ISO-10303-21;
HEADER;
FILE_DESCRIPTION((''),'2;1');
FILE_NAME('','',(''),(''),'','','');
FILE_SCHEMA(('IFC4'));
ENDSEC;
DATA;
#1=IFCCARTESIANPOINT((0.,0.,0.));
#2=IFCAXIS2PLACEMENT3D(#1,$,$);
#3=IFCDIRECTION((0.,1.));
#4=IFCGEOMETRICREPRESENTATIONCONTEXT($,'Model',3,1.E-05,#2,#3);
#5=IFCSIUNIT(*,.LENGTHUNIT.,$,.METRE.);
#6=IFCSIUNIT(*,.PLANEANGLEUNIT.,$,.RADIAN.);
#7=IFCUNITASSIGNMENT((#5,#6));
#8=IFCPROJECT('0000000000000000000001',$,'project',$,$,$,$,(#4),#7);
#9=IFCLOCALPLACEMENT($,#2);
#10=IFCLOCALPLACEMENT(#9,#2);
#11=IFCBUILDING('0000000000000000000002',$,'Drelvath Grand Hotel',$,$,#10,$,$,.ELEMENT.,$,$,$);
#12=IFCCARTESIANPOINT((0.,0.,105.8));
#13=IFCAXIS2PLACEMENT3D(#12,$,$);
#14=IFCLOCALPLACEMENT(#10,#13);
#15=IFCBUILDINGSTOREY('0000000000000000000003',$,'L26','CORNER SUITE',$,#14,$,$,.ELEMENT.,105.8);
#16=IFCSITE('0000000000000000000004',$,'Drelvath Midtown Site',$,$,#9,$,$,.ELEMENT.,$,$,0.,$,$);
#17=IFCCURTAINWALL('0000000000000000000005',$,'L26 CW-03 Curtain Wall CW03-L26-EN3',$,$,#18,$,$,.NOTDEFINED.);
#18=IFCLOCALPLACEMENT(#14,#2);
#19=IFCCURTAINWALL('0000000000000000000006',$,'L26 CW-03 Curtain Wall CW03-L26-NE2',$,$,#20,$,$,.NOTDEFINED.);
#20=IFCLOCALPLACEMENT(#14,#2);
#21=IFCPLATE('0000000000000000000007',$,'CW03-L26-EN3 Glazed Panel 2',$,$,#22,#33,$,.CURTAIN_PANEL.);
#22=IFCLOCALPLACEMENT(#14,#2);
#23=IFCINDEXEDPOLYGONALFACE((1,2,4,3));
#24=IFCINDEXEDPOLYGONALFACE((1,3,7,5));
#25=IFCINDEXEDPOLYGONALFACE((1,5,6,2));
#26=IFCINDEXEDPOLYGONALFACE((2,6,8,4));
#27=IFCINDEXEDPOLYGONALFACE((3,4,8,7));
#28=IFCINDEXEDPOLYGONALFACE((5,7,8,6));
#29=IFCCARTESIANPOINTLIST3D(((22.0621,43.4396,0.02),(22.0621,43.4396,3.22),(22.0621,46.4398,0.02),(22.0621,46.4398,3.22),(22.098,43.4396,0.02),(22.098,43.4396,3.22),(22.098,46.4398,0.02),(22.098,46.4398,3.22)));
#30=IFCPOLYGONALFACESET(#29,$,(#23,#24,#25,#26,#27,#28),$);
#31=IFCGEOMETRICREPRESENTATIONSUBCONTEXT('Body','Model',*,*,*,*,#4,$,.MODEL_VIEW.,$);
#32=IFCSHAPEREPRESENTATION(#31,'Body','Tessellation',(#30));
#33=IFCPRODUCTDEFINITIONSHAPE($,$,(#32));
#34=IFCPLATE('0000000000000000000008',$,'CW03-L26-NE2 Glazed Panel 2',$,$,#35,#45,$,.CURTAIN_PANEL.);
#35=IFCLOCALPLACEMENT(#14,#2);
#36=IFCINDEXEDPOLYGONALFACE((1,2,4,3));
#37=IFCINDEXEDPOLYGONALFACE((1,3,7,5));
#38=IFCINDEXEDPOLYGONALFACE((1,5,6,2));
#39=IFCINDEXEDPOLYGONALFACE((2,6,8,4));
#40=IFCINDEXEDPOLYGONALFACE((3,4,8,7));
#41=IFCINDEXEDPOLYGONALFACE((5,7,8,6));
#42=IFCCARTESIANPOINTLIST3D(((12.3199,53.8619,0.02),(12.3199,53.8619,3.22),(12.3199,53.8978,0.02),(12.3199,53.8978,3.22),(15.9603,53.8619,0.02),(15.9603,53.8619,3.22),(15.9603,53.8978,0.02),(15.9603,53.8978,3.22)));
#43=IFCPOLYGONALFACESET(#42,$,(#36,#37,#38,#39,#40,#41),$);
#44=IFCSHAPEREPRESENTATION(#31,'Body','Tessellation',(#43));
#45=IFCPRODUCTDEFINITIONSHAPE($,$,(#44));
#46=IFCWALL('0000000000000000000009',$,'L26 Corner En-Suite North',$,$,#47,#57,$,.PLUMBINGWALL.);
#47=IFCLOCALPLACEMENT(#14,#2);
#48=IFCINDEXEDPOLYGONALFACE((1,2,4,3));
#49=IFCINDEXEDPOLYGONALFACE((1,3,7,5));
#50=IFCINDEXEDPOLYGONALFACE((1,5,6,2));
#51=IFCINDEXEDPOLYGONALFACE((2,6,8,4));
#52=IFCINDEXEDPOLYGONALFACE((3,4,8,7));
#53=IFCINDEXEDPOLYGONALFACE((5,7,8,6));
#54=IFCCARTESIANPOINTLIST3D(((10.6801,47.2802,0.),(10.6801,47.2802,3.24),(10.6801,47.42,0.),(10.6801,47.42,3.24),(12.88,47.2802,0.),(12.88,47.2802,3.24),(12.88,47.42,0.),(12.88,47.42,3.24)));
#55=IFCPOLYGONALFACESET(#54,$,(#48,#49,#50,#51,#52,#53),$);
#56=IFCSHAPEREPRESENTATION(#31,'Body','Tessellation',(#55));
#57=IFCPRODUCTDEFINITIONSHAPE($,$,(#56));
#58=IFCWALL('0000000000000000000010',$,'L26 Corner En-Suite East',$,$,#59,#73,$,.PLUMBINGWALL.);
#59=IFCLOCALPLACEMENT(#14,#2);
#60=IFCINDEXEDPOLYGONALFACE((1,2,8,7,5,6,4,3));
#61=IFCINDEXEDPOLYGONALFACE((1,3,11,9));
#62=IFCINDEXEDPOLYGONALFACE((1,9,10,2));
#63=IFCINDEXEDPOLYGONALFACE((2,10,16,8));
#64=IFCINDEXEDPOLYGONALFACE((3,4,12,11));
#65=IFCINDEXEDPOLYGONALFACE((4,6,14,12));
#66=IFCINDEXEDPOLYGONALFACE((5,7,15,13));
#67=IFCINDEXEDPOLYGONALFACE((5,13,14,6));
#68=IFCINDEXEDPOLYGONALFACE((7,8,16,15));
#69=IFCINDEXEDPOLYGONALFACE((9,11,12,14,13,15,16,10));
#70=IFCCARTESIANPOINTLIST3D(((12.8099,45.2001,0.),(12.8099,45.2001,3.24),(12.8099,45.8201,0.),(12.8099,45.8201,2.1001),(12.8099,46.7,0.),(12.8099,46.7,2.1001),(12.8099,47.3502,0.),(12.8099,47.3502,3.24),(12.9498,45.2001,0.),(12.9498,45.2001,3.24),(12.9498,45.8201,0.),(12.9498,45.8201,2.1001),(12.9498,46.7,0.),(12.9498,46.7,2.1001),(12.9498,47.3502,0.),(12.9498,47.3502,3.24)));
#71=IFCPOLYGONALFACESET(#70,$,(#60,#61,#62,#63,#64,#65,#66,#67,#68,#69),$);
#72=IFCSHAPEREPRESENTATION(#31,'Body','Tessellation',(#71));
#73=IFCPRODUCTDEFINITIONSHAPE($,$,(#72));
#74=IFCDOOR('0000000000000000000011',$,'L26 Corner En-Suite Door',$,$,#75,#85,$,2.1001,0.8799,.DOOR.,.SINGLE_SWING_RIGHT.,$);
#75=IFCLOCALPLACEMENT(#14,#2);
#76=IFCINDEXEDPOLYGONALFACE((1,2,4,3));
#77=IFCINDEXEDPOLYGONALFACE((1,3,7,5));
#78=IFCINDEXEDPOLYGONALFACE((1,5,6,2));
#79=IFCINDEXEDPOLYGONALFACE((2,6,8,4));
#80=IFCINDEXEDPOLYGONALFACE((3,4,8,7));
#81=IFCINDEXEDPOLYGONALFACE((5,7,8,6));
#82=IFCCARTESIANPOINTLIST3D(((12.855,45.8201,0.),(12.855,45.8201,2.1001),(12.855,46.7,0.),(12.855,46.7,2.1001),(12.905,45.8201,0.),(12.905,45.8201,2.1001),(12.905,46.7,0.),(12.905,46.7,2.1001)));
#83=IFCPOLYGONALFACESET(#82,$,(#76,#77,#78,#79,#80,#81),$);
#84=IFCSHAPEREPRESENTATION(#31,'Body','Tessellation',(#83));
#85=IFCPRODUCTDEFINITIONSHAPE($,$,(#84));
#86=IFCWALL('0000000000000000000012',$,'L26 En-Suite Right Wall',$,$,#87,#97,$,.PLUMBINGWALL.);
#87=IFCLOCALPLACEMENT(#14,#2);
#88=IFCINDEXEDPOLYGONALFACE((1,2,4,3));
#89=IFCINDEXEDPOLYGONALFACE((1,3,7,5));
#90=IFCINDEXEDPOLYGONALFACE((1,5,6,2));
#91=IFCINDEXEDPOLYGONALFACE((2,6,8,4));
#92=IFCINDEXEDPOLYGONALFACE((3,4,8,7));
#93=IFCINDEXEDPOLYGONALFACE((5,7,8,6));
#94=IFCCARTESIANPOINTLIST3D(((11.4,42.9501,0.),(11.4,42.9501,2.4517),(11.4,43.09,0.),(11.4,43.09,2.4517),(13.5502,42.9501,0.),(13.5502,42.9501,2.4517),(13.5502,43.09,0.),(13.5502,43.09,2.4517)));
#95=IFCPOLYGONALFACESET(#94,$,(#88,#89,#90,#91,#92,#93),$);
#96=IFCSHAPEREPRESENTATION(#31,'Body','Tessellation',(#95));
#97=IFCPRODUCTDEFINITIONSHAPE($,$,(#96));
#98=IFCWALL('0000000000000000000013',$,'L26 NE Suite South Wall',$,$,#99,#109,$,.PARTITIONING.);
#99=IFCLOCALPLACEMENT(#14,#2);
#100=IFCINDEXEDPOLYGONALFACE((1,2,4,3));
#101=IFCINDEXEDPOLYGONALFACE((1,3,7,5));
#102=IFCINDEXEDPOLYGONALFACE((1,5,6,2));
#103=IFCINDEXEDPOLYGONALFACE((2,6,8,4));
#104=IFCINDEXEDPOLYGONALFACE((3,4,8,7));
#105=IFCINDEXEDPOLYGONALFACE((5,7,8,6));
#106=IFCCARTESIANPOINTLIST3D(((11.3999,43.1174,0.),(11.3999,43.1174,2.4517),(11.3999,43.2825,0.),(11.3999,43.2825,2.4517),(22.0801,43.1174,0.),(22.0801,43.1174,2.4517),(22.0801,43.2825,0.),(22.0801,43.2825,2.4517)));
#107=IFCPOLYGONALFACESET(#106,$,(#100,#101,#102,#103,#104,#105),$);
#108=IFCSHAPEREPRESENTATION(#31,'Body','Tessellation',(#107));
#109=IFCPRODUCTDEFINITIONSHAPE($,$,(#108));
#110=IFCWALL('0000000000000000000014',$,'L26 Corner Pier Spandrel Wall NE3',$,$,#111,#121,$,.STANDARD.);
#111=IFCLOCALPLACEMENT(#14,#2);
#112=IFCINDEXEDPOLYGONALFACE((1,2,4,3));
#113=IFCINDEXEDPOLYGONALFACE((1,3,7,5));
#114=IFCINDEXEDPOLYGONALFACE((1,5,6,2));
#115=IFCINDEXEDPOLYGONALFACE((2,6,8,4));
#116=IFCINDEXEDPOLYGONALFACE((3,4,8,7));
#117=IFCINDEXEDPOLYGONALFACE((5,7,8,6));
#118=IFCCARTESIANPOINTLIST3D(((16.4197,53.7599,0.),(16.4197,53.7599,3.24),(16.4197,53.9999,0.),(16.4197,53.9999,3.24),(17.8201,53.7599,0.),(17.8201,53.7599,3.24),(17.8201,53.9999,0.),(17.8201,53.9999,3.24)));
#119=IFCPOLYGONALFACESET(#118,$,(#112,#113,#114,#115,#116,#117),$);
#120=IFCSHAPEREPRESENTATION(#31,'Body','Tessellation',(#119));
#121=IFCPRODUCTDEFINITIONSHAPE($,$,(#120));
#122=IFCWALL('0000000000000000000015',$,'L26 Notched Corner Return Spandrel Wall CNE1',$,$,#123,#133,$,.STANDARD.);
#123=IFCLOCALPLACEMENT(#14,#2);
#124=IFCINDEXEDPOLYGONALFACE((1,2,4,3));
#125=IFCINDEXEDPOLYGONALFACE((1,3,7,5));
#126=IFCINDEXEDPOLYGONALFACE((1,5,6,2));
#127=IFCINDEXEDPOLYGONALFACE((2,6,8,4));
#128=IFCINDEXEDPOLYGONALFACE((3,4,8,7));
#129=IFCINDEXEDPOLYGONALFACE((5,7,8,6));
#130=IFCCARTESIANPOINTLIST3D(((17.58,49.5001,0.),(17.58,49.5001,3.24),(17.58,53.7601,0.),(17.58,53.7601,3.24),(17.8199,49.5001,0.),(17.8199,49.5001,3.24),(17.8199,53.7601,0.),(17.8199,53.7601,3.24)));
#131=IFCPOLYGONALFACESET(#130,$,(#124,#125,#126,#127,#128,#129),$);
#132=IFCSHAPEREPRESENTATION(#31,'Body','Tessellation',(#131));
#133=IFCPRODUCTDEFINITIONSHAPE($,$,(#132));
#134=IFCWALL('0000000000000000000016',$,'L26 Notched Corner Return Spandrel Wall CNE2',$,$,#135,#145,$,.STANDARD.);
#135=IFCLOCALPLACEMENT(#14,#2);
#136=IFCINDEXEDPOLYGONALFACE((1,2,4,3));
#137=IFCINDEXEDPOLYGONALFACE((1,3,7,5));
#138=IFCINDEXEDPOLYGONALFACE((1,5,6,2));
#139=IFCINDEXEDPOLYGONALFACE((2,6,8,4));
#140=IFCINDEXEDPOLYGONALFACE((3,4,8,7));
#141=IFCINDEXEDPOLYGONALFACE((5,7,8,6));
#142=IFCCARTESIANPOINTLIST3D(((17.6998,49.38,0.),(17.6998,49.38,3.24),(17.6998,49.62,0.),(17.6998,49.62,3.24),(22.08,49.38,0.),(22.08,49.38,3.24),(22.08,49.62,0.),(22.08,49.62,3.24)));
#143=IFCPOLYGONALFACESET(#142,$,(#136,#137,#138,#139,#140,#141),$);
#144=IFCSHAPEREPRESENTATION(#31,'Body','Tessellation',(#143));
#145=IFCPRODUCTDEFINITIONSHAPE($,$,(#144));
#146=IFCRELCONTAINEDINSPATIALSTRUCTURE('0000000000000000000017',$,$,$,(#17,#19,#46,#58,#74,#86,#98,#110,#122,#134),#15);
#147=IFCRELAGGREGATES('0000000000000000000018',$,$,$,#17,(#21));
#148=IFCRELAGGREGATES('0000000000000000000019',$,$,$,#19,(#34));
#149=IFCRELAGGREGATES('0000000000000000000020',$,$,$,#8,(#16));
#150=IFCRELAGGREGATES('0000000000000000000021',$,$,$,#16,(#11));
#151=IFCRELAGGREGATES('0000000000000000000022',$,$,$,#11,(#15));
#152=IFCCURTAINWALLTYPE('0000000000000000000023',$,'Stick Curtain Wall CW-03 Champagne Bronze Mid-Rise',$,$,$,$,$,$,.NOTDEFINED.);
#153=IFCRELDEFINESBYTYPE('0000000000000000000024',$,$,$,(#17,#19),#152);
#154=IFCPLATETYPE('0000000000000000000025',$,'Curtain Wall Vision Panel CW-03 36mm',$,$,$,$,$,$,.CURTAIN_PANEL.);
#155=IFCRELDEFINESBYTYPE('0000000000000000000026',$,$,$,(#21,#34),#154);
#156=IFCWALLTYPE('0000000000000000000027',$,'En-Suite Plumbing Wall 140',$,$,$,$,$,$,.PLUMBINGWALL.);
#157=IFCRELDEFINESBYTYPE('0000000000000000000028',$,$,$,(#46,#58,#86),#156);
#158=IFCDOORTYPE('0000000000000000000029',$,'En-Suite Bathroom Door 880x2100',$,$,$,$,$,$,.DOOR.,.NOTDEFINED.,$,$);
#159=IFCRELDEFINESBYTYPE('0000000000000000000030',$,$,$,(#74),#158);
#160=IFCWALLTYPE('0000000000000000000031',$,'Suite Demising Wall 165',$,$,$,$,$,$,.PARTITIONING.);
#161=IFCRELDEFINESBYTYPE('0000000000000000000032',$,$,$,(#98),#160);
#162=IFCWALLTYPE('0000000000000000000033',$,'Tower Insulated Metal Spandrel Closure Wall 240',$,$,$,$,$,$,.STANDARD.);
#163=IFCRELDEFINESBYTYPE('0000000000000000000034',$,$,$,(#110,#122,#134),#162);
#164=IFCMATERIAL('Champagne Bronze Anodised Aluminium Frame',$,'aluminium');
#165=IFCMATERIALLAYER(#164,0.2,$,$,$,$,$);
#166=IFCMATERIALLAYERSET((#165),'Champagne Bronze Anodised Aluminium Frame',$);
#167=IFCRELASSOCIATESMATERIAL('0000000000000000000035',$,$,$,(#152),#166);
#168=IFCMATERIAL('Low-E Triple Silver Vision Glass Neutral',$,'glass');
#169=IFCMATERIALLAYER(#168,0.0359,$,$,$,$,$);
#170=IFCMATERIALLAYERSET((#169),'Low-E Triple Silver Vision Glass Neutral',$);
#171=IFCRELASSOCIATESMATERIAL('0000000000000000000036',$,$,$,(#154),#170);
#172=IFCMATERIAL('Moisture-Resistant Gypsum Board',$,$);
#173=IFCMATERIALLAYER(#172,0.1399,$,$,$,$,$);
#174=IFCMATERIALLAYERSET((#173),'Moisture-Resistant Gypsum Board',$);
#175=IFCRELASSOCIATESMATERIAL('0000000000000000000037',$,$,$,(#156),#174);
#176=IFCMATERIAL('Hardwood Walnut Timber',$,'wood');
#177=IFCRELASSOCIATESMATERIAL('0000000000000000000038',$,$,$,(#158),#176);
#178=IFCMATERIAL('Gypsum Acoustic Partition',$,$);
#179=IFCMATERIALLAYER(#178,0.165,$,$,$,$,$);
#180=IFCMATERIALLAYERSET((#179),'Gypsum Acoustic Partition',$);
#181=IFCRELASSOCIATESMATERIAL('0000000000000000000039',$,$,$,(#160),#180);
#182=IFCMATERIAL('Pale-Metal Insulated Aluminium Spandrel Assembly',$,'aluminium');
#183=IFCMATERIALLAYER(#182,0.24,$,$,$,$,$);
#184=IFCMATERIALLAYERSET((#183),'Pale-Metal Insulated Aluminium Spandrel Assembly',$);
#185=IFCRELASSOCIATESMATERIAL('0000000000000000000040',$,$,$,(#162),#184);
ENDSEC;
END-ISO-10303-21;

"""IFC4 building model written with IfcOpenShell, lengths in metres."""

from ifc_helpers import new_model, si_unit, direction, frame, frame_2d, origin, origin_2d, place, context, subcontext, project, spatial, rectangle, extrude, material, layer, layer_set, type_object, element, fill, aggregate, save


model = new_model("IFC4")

# Units and contexts
model_context = context("Model", 3, precision=1e-05, world=origin(), true_north=direction((0.0, 1.0)))
body_context = subcontext(model_context, "Body", "Model", "MODEL_VIEW")
ifc_project = project(units=[si_unit("LENGTHUNIT", "METRE"), si_unit("PLANEANGLEUNIT", "RADIAN")], contexts=[model_context])

# Site, building, storey
site_placement = place(None, origin())
site = spatial("IfcSite", under=ifc_project, at=site_placement, Name="Drelvath Midtown Site", CompositionType="ELEMENT", RefElevation=0.0)
building_placement = place(site_placement, origin())
building = spatial("IfcBuilding", under=site, at=building_placement, Name="Drelvath Grand Hotel", CompositionType="ELEMENT")
storey_placement = place(building_placement, frame((0.0, 0.0, 105.8)))
storey = spatial("IfcBuildingStorey", under=building, at=storey_placement, Name="L26", Description="CORNER SUITE", CompositionType="ELEMENT", Elevation=105.8)

# Curtain wall
ifc_material_1 = material(Name="Champagne Bronze Anodised Aluminium Frame", Category="aluminium")
ifc_layer_1 = layer(ifc_material_1, 0.2)
ifc_layer_set_1 = layer_set([ifc_layer_1], Name="Champagne Bronze Anodised Aluminium Frame")
curtain_wall_type = type_object("IfcCurtainWallType", Name="Stick Curtain Wall CW-03 Champagne Bronze Mid-Rise", PredefinedType="NOTDEFINED", material=ifc_layer_set_1)
curtain_wall_1_placement = place(storey_placement, origin())
curtain_wall_1 = element("IfcCurtainWall", 1, at=curtain_wall_1_placement, inside=storey, type_object=curtain_wall_type, Name="L26 CW-03 Curtain Wall CW03-L26-EN3", PredefinedType="NOTDEFINED")

# Curtain wall
curtain_wall_2_placement = place(storey_placement, origin())
curtain_wall_2 = element("IfcCurtainWall", 2, at=curtain_wall_2_placement, inside=storey, type_object=curtain_wall_type, Name="L26 CW-03 Curtain Wall CW03-L26-NE2", PredefinedType="NOTDEFINED")

# Plates
ifc_material_2 = material(Name="Low-E Triple Silver Vision Glass Neutral", Category="glass")
ifc_layer_2 = layer(ifc_material_2, 0.0359)
ifc_layer_set_2 = layer_set([ifc_layer_2], Name="Low-E Triple Silver Vision Glass Neutral")
plate_type = type_object("IfcPlateType", Name="Curtain Wall Vision Panel CW-03 36mm", PredefinedType="CURTAIN_PANEL", material=ifc_layer_set_2)
plate_1_placement = place(storey_placement, frame((22.0801, 44.9397, 0.02), z_axis=(0.0, 0.0, 1.0), x_axis=(0.0, -1.0, 0.0)))
plate_1 = element("IfcPlate", 3, at=plate_1_placement, type_object=plate_type, Name="CW03-L26-EN3 Glazed Panel 2", PredefinedType="CURTAIN_PANEL", context=body_context, shape_type="SweptSolid", body=[
    extrude(rectangle(XDim=3.0002, YDim=0.0359, at=origin_2d()), origin(), (0.0, 0.0, 1.0), 3.2),
])
aggregate(curtain_wall_1, [plate_1])
plate_2_placement = place(storey_placement, frame((14.1401, 53.8799, 0.02), z_axis=(0.0, 0.0, 1.0), x_axis=(1.0, 0.0, 0.0)))
plate_2 = element("IfcPlate", 4, at=plate_2_placement, type_object=plate_type, Name="CW03-L26-NE2 Glazed Panel 2", PredefinedType="CURTAIN_PANEL", context=body_context, shape_type="SweptSolid", body=[
    extrude(rectangle(XDim=3.6404, YDim=0.0359, at=origin_2d()), origin(), (0.0, 0.0, 1.0), 3.2),
])
aggregate(curtain_wall_2, [plate_2])

# Wall
ifc_material_3 = material(Name="Moisture-Resistant Gypsum Board")
ifc_layer_3 = layer(ifc_material_3, 0.1399)
ifc_layer_set_3 = layer_set([ifc_layer_3], Name="Moisture-Resistant Gypsum Board")
wall_type_1 = type_object("IfcWallType", Name="En-Suite Plumbing Wall 140", PredefinedType="PLUMBINGWALL", material=ifc_layer_set_3)
wall_1_placement = place(storey_placement, frame((10.6799, 47.3501, 0.0), z_axis=(0.0, 0.0, 1.0), x_axis=(1.0, 0.0, 0.0)))
element("IfcWall", 5, at=wall_1_placement, inside=storey, type_object=wall_type_1, Name="L26 Corner En-Suite North", PredefinedType="PLUMBINGWALL", context=body_context, shape_type="SweptSolid", body=[
    extrude(rectangle(XDim=2.2, YDim=0.1399, at=frame_2d((1.1001, 0.0))), origin(), (0.0, 0.0, 1.0), 3.24),
])

# Wall, opening, door
wall_2_placement = place(storey_placement, frame((12.8799, 45.2, 0.0), z_axis=(0.0, 0.0, 1.0), x_axis=(0.0, 1.0, 0.0)))
wall_2 = element("IfcWall", 6, at=wall_2_placement, inside=storey, type_object=wall_type_1, Name="L26 Corner En-Suite East", PredefinedType="PLUMBINGWALL", context=body_context, shape_type="SweptSolid", body=[
    extrude(rectangle(XDim=2.1501, YDim=0.1399, at=frame_2d((1.0752, 0.0))), origin(), (0.0, 0.0, 1.0), 3.24),
])
opening_placement = place(wall_2_placement, frame((0.6201, 0.0, 0.0)))
opening = element("IfcOpeningElement", 7, at=opening_placement, cuts=wall_2, PredefinedType="OPENING", context=body_context, shape_type="SweptSolid", body=[
    extrude(rectangle(XDim=0.8799, YDim=2.1001, at=frame_2d((0.4399, 1.05))), frame((0.0, 0.0798, 0.0), z_axis=(0.0, -1.0, 0.0), x_axis=(1.0, 0.0, 0.0)), (0.0, 0.0, 1.0), 0.1599),
])
ifc_material_4 = material(Name="Hardwood Walnut Timber", Category="wood")
door_type = type_object("IfcDoorType", Name="En-Suite Bathroom Door 880x2100", OperationType="NOTDEFINED", PredefinedType="DOOR", material=ifc_material_4)
door_placement = place(opening_placement, origin())
door = element("IfcDoor", 8, at=door_placement, inside=storey, type_object=door_type, Name="L26 Corner En-Suite Door", OperationType="SINGLE_SWING_RIGHT", OverallHeight=2.1001, OverallWidth=0.8799, PredefinedType="DOOR", context=body_context, shape_type="SweptSolid", body=[
    extrude(rectangle(XDim=0.8799, YDim=2.1001, at=frame_2d((0.4399, 1.05))), frame((0.0, 0.0249, 0.0), z_axis=(0.0, -1.0, 0.0), x_axis=(1.0, 0.0, 0.0)), (0.0, 0.0, 1.0), 0.05),
])
fill(opening, door)

# Walls
wall_3_placement = place(storey_placement, frame((11.3999, 43.02, 0.0), z_axis=(0.0, 0.0, 1.0), x_axis=(1.0, 0.0, 0.0)))
element("IfcWall", 9, at=wall_3_placement, inside=storey, type_object=wall_type_1, Name="L26 En-Suite Right Wall", PredefinedType="PLUMBINGWALL", context=body_context, shape_type="SweptSolid", body=[
    extrude(rectangle(XDim=2.1501, YDim=0.1399, at=frame_2d((1.0752, 0.0))), origin(), (0.0, 0.0, 1.0), 2.4517),
])
ifc_material_5 = material(Name="Gypsum Acoustic Partition")
ifc_layer_4 = layer(ifc_material_5, 0.165)
ifc_layer_set_4 = layer_set([ifc_layer_4], Name="Gypsum Acoustic Partition")
wall_type_2 = type_object("IfcWallType", Name="Suite Demising Wall 165", PredefinedType="PARTITIONING", material=ifc_layer_set_4)
wall_4_placement = place(storey_placement, frame((11.3999, 43.2, 0.0), z_axis=(0.0, 0.0, 1.0), x_axis=(1.0, 0.0, 0.0)))
element("IfcWall", 10, at=wall_4_placement, inside=storey, type_object=wall_type_2, Name="L26 NE Suite South Wall", PredefinedType="PARTITIONING", context=body_context, shape_type="SweptSolid", body=[
    extrude(rectangle(XDim=10.6802, YDim=0.165, at=frame_2d((5.3401, 0.0))), origin(), (0.0, 0.0, 1.0), 2.4517),
])
ifc_material_6 = material(Name="Pale-Metal Insulated Aluminium Spandrel Assembly", Category="aluminium")
ifc_layer_5 = layer(ifc_material_6, 0.24)
ifc_layer_set_5 = layer_set([ifc_layer_5], Name="Pale-Metal Insulated Aluminium Spandrel Assembly")
wall_type_3 = type_object("IfcWallType", Name="Tower Insulated Metal Spandrel Closure Wall 240", PredefinedType="STANDARD", material=ifc_layer_set_5)
wall_5_placement = place(storey_placement, frame((16.4197, 53.8799, 0.0), z_axis=(0.0, 0.0, 1.0), x_axis=(1.0, 0.0, 0.0)))
element("IfcWall", 11, at=wall_5_placement, inside=storey, type_object=wall_type_3, Name="L26 Corner Pier Spandrel Wall NE3", PredefinedType="STANDARD", context=body_context, shape_type="SweptSolid", body=[
    extrude(rectangle(XDim=1.4004, YDim=0.24, at=frame_2d((0.7002, 0.0))), origin(), (0.0, 0.0, 1.0), 3.24),
])
wall_6_placement = place(storey_placement, frame((17.7, 53.76, 0.0), z_axis=(0.0, 0.0, 1.0), x_axis=(0.0, -1.0, 0.0)))
element("IfcWall", 12, at=wall_6_placement, inside=storey, type_object=wall_type_3, Name="L26 Notched Corner Return Spandrel Wall CNE1", PredefinedType="STANDARD", context=body_context, shape_type="SweptSolid", body=[
    extrude(rectangle(XDim=4.26, YDim=0.24, at=frame_2d((2.1299, 0.0))), origin(), (0.0, 0.0, 1.0), 3.24),
])
wall_7_placement = place(storey_placement, frame((17.7, 49.5, 0.0), z_axis=(0.0, 0.0, 1.0), x_axis=(1.0, 0.0, 0.0)))
element("IfcWall", 13, at=wall_7_placement, inside=storey, type_object=wall_type_3, Name="L26 Notched Corner Return Spandrel Wall CNE2", PredefinedType="STANDARD", context=body_context, shape_type="SweptSolid", body=[
    extrude(rectangle(XDim=4.3801, YDim=0.24, at=frame_2d((2.1899, 0.0))), origin(), (0.0, 0.0, 1.0), 3.24),
])

save(model, "model.ifc")
